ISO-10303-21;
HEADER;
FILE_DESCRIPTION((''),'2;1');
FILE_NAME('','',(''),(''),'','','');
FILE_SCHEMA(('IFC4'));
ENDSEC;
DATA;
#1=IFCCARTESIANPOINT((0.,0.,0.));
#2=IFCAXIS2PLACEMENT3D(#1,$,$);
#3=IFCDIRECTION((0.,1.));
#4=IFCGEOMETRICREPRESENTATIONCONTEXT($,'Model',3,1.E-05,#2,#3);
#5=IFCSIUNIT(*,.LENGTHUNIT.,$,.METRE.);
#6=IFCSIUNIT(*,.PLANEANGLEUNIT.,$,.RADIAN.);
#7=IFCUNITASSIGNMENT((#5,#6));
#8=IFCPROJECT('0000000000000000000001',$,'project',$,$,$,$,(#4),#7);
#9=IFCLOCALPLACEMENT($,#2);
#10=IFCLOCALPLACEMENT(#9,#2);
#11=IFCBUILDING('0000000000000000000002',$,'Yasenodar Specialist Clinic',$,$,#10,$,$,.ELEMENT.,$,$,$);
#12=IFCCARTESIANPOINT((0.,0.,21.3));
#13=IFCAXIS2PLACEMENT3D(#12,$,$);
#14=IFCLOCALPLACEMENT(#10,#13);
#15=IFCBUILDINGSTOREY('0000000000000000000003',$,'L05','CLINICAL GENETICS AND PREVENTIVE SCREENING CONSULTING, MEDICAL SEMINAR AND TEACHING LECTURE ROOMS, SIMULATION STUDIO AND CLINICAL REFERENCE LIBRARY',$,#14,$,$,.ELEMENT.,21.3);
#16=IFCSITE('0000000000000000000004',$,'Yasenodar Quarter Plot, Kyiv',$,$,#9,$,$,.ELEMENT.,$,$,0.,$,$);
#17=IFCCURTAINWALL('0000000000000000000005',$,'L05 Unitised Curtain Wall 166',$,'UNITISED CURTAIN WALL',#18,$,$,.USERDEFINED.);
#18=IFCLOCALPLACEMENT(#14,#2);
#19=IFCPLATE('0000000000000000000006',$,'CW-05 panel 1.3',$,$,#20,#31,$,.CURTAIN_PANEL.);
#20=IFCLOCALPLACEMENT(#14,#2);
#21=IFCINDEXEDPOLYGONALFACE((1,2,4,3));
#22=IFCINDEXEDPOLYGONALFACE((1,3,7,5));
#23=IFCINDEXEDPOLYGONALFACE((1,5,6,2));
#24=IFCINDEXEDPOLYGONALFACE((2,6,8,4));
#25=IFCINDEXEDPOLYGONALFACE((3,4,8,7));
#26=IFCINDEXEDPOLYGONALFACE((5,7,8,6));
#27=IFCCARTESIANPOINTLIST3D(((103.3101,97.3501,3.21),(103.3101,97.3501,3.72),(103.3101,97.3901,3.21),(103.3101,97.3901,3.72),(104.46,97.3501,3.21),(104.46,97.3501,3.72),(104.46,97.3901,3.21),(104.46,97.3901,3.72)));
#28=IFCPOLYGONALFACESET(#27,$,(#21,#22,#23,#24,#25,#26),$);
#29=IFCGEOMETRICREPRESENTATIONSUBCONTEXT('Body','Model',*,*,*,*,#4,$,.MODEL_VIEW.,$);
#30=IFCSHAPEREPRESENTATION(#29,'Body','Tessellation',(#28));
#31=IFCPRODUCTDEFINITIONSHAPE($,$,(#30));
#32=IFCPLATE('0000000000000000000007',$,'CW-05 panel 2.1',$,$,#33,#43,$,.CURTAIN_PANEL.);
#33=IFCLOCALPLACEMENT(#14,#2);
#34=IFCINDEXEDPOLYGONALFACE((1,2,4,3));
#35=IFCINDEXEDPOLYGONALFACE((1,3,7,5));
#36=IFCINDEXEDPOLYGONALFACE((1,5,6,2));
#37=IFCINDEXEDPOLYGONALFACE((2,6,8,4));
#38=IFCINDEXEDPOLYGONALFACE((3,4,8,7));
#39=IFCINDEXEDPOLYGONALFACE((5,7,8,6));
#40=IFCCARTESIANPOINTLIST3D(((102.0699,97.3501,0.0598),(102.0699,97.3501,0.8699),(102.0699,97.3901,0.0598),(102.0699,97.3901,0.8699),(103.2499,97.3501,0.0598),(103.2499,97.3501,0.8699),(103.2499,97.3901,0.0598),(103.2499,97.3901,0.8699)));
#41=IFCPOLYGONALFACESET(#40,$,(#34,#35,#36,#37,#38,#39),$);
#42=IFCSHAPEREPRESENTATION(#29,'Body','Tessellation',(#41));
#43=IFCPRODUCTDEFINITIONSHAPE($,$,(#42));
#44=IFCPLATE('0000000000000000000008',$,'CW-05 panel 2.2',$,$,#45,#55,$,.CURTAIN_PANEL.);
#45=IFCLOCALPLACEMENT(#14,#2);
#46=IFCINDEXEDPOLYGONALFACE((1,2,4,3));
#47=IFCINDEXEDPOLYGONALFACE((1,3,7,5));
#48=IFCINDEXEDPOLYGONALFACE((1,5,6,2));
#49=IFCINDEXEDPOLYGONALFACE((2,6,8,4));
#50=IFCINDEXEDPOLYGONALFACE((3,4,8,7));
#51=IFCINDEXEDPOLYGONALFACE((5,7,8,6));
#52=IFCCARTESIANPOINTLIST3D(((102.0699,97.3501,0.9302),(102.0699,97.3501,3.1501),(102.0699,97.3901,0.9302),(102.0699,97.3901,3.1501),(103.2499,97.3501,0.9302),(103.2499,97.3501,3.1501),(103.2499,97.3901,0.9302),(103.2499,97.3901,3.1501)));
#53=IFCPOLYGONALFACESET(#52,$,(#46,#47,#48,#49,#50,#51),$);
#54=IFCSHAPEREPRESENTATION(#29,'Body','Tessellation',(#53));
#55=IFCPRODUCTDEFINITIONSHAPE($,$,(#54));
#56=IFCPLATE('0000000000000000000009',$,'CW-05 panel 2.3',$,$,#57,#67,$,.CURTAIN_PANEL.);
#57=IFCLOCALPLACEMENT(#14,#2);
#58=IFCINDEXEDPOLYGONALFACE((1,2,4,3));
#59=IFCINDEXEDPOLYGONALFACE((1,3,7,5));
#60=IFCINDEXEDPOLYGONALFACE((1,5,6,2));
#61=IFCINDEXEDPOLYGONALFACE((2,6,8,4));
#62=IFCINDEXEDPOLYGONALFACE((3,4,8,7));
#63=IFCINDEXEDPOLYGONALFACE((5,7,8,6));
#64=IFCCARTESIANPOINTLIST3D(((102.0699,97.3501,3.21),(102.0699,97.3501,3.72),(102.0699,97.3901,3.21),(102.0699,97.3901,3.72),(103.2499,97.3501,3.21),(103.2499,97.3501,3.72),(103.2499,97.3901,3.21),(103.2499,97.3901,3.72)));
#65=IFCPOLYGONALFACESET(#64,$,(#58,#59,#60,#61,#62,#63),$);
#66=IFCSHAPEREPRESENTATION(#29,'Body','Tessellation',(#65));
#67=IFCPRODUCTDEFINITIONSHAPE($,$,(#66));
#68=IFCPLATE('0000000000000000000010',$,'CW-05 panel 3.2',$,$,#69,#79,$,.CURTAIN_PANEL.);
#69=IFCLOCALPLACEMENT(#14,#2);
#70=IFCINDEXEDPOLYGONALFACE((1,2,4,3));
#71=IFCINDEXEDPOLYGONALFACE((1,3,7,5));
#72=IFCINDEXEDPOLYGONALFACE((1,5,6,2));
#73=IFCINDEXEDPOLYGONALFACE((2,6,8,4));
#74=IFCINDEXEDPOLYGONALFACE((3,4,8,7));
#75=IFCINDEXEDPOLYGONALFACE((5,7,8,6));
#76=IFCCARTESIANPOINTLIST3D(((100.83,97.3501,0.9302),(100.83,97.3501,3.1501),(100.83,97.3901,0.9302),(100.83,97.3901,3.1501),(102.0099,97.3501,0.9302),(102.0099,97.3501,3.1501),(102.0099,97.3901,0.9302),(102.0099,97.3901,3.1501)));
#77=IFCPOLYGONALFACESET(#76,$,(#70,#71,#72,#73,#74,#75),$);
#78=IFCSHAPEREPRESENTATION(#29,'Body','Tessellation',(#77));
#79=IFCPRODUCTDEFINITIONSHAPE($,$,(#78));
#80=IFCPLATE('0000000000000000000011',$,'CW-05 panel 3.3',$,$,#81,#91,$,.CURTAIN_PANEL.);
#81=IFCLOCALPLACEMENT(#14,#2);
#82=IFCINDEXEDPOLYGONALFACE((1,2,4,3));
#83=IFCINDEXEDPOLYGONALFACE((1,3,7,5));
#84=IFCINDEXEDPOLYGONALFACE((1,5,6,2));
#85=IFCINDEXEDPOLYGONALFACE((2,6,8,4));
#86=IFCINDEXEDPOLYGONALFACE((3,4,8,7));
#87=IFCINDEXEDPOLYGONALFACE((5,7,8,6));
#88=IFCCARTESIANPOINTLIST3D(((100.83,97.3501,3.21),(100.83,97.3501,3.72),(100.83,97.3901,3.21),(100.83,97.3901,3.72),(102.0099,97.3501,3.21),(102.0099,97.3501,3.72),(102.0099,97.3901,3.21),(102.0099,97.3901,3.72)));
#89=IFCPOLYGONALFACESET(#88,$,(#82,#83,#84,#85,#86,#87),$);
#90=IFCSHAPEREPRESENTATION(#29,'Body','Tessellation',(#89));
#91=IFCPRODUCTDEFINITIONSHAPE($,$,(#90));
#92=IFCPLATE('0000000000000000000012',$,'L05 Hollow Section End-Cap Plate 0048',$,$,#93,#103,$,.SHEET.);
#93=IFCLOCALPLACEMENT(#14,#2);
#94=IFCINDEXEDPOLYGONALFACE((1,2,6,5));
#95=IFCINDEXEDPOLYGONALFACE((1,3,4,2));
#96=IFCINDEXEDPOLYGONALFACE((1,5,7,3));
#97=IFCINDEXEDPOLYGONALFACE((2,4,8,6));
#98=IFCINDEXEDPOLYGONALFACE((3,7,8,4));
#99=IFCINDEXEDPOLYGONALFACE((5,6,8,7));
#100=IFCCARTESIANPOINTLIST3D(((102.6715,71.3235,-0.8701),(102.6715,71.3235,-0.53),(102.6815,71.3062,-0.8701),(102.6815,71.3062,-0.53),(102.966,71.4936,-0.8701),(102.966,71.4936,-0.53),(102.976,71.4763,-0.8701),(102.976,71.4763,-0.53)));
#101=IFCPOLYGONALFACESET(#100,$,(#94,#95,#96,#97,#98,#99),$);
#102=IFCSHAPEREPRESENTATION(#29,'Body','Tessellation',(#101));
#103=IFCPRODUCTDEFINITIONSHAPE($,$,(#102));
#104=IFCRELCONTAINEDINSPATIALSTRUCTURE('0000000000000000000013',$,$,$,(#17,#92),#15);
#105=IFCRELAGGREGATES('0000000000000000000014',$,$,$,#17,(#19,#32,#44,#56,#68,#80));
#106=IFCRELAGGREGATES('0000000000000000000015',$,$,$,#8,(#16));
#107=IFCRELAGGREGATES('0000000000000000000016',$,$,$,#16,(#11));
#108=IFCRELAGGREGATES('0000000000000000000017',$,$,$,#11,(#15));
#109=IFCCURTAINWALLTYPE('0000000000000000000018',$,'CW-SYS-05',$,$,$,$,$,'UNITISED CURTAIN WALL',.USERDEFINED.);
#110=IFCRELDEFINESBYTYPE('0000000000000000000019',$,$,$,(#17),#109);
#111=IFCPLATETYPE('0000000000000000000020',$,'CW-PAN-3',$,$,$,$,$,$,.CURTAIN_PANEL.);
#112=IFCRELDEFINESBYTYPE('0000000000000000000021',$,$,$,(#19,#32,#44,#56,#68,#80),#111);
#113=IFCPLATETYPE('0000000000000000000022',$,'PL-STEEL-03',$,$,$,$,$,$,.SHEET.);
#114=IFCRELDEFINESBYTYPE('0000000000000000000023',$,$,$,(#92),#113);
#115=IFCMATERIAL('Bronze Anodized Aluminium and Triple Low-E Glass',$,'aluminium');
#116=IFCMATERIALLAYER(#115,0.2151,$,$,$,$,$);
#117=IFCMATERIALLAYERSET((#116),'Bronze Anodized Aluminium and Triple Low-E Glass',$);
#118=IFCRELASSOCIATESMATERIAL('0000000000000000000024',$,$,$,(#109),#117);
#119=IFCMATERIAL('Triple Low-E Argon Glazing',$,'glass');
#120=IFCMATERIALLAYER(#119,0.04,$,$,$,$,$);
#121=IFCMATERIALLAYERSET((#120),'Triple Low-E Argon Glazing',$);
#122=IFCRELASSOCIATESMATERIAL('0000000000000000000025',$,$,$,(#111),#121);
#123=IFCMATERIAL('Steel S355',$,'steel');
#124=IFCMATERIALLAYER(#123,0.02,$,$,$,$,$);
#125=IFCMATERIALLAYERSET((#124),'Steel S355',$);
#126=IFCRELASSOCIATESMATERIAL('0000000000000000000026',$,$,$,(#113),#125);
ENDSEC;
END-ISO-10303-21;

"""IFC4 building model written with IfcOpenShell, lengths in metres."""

from ifc_helpers import new_model, si_unit, direction, frame, origin, origin_2d, place, context, subcontext, project, spatial, rectangle, extrude, material, layer, layer_set, type_object, element, aggregate, save


model = new_model("IFC4")

# Units and contexts
model_context = context("Model", 3, precision=1e-05, world=origin(), true_north=direction((0.0, 1.0)))
body_context = subcontext(model_context, "Body", "Model", "MODEL_VIEW")
ifc_project = project(units=[si_unit("LENGTHUNIT", "METRE"), si_unit("PLANEANGLEUNIT", "RADIAN")], contexts=[model_context])

# Site, building, storey
site_placement = place(None, origin())
site = spatial("IfcSite", under=ifc_project, at=site_placement, Name="Yasenodar Quarter Plot, Kyiv", CompositionType="ELEMENT", RefElevation=0.0)
building_placement = place(site_placement, origin())
building = spatial("IfcBuilding", under=site, at=building_placement, Name="Yasenodar Specialist Clinic", CompositionType="ELEMENT")
storey_placement = place(building_placement, frame((0.0, 0.0, 21.3)))
storey = spatial("IfcBuildingStorey", under=building, at=storey_placement, Name="L05", Description="CLINICAL GENETICS AND PREVENTIVE SCREENING CONSULTING, MEDICAL SEMINAR AND TEACHING LECTURE ROOMS, SIMULATION STUDIO AND CLINICAL REFERENCE LIBRARY", CompositionType="ELEMENT", Elevation=21.3)

# Shared definitions
ifc_material_1 = material(Name="Steel S355", Category="steel")

# Curtain wall
ifc_material_2 = material(Name="Bronze Anodized Aluminium and Triple Low-E Glass", Category="aluminium")
ifc_layer_1 = layer(ifc_material_2, 0.2151)
ifc_layer_set_1 = layer_set([ifc_layer_1], Name="Bronze Anodized Aluminium and Triple Low-E Glass")
curtain_wall_type = type_object("IfcCurtainWallType", Name="CW-SYS-05", ElementType="UNITISED CURTAIN WALL", PredefinedType="USERDEFINED", material=ifc_layer_set_1)
curtain_wall_placement = place(storey_placement, origin())
curtain_wall = element("IfcCurtainWall", 1, at=curtain_wall_placement, inside=storey, type_object=curtain_wall_type, Name="L05 Unitised Curtain Wall 166", ObjectType="UNITISED CURTAIN WALL", PredefinedType="USERDEFINED")

# Plates
ifc_material_3 = material(Name="Triple Low-E Argon Glazing", Category="glass")
ifc_layer_2 = layer(ifc_material_3, 0.04)
ifc_layer_set_2 = layer_set([ifc_layer_2], Name="Triple Low-E Argon Glazing")
plate_type_1 = type_object("IfcPlateType", Name="CW-PAN-3", PredefinedType="CURTAIN_PANEL", material=ifc_layer_set_2)
plate_1_placement = place(storey_placement, frame((103.885, 97.3701, 3.21), z_axis=(0.0, 0.0, 1.0), x_axis=(-1.0, 0.0, 0.0)))
plate_1 = element("IfcPlate", 2, at=plate_1_placement, type_object=plate_type_1, Name="CW-05 panel 1.3", PredefinedType="CURTAIN_PANEL", context=body_context, shape_type="SweptSolid", body=[
    extrude(rectangle(XDim=1.1499, YDim=0.04, at=origin_2d()), origin(), (0.0, 0.0, 1.0), 0.51),
])
plate_2_placement = place(storey_placement, frame((102.6599, 97.3701, 0.0598), z_axis=(0.0, 0.0, 1.0), x_axis=(-1.0, 0.0, 0.0)))
plate_2 = element("IfcPlate", 3, at=plate_2_placement, type_object=plate_type_1, Name="CW-05 panel 2.1", PredefinedType="CURTAIN_PANEL", context=body_context, shape_type="SweptSolid", body=[
    extrude(rectangle(XDim=1.1799, YDim=0.04, at=origin_2d()), origin(), (0.0, 0.0, 1.0), 0.8101),
])
plate_3_placement = place(storey_placement, frame((102.6599, 97.3701, 0.9302), z_axis=(0.0, 0.0, 1.0), x_axis=(-1.0, 0.0, 0.0)))
plate_3 = element("IfcPlate", 4, at=plate_3_placement, type_object=plate_type_1, Name="CW-05 panel 2.2", PredefinedType="CURTAIN_PANEL", context=body_context, shape_type="SweptSolid", body=[
    extrude(rectangle(XDim=1.1799, YDim=0.04, at=origin_2d()), origin(), (0.0, 0.0, 1.0), 2.22),
])
plate_4_placement = place(storey_placement, frame((102.6599, 97.3701, 3.21), z_axis=(0.0, 0.0, 1.0), x_axis=(-1.0, 0.0, 0.0)))
plate_4 = element("IfcPlate", 5, at=plate_4_placement, type_object=plate_type_1, Name="CW-05 panel 2.3", PredefinedType="CURTAIN_PANEL", context=body_context, shape_type="SweptSolid", body=[
    extrude(rectangle(XDim=1.1799, YDim=0.04, at=origin_2d()), origin(), (0.0, 0.0, 1.0), 0.51),
])
plate_5_placement = place(storey_placement, frame((101.4199, 97.3701, 0.9302), z_axis=(0.0, 0.0, 1.0), x_axis=(-1.0, 0.0, 0.0)))
plate_5 = element("IfcPlate", 6, at=plate_5_placement, type_object=plate_type_1, Name="CW-05 panel 3.2", PredefinedType="CURTAIN_PANEL", context=body_context, shape_type="SweptSolid", body=[
    extrude(rectangle(XDim=1.1799, YDim=0.04, at=origin_2d()), origin(), (0.0, 0.0, 1.0), 2.22),
])
plate_6_placement = place(storey_placement, frame((101.4199, 97.3701, 3.21), z_axis=(0.0, 0.0, 1.0), x_axis=(-1.0, 0.0, 0.0)))
plate_6 = element("IfcPlate", 7, at=plate_6_placement, type_object=plate_type_1, Name="CW-05 panel 3.3", PredefinedType="CURTAIN_PANEL", context=body_context, shape_type="SweptSolid", body=[
    extrude(rectangle(XDim=1.1799, YDim=0.04, at=origin_2d()), origin(), (0.0, 0.0, 1.0), 0.51),
])
aggregate(curtain_wall, [plate_1, plate_2, plate_3, plate_4, plate_5, plate_6])
ifc_layer_3 = layer(ifc_material_1, 0.02)
ifc_layer_set_3 = layer_set([ifc_layer_3], Name="Steel S355")
plate_type_2 = type_object("IfcPlateType", Name="PL-STEEL-03", PredefinedType="SHEET", material=ifc_layer_set_3)
plate_7_placement = place(storey_placement, frame((102.8237, 71.3999, -0.8701), z_axis=(0.0, 0.0, 1.0), x_axis=(0.866025, 0.5, 0.0)))
element("IfcPlate", 8, at=plate_7_placement, inside=storey, type_object=plate_type_2, Name="L05 Hollow Section End-Cap Plate 0048", PredefinedType="SHEET", context=body_context, shape_type="SweptSolid", body=[
    extrude(rectangle(XDim=0.3401, YDim=0.02, at=origin_2d()), origin(), (0.0, 0.0, 1.0), 0.3401),
])

save(model, "model.ifc")
